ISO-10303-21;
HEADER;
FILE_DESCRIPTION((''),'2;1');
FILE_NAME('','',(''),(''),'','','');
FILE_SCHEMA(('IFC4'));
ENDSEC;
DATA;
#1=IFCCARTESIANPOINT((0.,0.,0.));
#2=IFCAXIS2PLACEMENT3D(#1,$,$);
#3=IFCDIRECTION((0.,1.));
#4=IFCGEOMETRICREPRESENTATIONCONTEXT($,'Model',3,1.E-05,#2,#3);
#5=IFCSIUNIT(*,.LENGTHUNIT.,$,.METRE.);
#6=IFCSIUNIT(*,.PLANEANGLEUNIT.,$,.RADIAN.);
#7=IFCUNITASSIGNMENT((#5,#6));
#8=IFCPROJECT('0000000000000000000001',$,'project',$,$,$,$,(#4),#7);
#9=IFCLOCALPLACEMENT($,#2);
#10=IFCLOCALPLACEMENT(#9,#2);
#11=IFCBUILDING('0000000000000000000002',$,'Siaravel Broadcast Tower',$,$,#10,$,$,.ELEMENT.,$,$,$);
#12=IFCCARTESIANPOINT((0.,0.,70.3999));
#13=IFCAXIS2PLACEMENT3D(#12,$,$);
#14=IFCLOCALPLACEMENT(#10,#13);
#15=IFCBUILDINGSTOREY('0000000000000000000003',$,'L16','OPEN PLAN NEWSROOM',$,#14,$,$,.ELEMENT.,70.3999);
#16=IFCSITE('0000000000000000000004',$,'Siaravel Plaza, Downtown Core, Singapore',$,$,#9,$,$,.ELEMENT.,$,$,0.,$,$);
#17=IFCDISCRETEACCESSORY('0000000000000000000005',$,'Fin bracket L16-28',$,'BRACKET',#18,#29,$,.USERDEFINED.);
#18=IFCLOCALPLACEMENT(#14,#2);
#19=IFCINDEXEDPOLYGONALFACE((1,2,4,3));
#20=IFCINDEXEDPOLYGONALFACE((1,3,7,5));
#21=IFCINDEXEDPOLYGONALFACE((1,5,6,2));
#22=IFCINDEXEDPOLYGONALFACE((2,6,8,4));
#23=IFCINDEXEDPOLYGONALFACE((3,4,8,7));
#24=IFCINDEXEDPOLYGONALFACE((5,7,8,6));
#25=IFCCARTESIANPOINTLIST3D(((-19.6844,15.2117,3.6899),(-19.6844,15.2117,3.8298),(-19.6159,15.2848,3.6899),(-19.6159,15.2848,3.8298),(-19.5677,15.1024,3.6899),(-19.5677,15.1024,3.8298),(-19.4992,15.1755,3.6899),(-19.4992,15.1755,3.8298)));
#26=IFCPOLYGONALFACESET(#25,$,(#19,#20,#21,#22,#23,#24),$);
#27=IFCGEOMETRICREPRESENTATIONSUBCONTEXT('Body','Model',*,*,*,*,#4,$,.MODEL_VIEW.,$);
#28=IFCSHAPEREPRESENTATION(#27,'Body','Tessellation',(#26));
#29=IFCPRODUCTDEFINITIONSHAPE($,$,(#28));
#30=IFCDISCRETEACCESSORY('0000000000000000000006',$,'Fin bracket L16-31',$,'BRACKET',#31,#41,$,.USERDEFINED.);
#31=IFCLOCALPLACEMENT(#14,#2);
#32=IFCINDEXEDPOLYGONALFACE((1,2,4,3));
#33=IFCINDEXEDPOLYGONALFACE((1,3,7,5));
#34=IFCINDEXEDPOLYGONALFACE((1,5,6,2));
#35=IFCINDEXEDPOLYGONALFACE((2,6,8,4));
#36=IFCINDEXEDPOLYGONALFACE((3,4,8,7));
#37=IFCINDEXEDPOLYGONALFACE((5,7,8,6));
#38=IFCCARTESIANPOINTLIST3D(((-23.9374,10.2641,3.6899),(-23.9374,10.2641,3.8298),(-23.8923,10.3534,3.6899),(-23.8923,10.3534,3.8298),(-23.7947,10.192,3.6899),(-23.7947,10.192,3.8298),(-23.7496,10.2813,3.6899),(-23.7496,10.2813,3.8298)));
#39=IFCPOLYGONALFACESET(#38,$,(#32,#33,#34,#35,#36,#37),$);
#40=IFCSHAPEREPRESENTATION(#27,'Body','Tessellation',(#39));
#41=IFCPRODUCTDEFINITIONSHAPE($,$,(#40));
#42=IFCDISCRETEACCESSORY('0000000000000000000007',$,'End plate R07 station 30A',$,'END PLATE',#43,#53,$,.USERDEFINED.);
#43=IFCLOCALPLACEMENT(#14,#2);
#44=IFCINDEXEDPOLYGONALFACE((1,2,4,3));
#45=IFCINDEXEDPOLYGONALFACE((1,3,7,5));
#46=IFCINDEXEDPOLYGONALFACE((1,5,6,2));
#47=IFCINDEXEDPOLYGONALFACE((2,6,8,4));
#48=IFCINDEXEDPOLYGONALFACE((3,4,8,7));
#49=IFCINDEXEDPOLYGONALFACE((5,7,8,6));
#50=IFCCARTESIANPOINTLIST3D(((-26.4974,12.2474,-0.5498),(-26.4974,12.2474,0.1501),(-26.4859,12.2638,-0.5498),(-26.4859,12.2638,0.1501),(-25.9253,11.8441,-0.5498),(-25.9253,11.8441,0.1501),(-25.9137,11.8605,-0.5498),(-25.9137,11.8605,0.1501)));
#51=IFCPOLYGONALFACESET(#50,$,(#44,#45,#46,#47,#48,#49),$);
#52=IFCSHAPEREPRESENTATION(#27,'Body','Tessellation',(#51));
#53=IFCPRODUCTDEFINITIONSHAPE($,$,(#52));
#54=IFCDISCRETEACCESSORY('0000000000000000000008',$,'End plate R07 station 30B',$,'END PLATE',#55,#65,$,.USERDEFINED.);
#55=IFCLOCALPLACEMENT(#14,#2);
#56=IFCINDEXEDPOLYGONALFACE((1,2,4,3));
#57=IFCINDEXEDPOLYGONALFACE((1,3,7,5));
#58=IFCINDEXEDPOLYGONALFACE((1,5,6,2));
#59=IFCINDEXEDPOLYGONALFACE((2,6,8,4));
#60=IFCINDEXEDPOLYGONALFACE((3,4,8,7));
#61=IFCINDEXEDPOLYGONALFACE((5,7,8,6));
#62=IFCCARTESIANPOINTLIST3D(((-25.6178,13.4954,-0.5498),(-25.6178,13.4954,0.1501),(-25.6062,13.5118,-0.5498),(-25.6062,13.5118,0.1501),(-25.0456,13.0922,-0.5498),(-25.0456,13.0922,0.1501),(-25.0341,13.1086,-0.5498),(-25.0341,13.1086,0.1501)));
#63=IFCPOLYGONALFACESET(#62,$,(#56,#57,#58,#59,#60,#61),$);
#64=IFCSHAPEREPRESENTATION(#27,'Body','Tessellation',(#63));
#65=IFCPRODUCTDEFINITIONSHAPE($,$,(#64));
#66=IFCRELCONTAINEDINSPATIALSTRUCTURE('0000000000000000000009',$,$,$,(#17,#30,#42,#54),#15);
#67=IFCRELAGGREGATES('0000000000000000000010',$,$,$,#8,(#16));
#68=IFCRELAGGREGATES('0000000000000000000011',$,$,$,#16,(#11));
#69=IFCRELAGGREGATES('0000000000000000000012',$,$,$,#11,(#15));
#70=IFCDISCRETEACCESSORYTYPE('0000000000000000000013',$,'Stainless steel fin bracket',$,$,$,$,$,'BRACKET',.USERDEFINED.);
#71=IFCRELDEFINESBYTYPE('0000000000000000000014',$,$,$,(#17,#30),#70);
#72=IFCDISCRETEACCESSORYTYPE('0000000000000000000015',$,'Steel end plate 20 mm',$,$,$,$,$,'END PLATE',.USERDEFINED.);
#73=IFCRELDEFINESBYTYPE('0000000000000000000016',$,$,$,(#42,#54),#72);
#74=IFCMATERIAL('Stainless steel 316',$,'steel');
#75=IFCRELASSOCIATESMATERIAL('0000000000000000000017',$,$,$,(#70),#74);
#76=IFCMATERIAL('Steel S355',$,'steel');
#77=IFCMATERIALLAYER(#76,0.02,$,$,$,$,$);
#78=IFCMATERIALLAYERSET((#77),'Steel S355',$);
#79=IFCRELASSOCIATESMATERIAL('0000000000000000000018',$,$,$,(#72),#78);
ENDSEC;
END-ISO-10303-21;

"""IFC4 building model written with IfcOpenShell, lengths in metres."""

from ifc_helpers import new_model, si_unit, direction, frame, origin, origin_2d, place, context, subcontext, project, spatial, rectangle, extrude, material, layer, layer_set, type_object, element, save


model = new_model("IFC4")

# Units and contexts
model_context = context("Model", 3, precision=1e-05, world=origin(), true_north=direction((0.0, 1.0)))
body_context = subcontext(model_context, "Body", "Model", "MODEL_VIEW")
ifc_project = project(units=[si_unit("LENGTHUNIT", "METRE"), si_unit("PLANEANGLEUNIT", "RADIAN")], contexts=[model_context])

# Site, building, storey
site_placement = place(None, origin())
site = spatial("IfcSite", under=ifc_project, at=site_placement, Name="Siaravel Plaza, Downtown Core, Singapore", CompositionType="ELEMENT", RefElevation=0.0)
building_placement = place(site_placement, origin())
building = spatial("IfcBuilding", under=site, at=building_placement, Name="Siaravel Broadcast Tower", CompositionType="ELEMENT")
storey_placement = place(building_placement, frame((0.0, 0.0, 70.3999)))
storey = spatial("IfcBuildingStorey", under=building, at=storey_placement, Name="L16", Description="OPEN PLAN NEWSROOM", CompositionType="ELEMENT", Elevation=70.3999)

# Shared definitions
ifc_material_1 = material(Name="Steel S355", Category="steel")

# Discrete accessories
ifc_material_2 = material(Name="Stainless steel 316", Category="steel")
discrete_accessory_type_1 = type_object("IfcDiscreteAccessoryType", Name="Stainless steel fin bracket", ElementType="BRACKET", PredefinedType="USERDEFINED", material=ifc_material_2)
for number, where, z_axis, x_axis, name in (
    (1, (-19.5918, 15.1936, 3.6899), (0.0, 0.0, 1.0), (-0.729806, 0.683655, 0.0), "Fin bracket L16-28"),
    (2, (-23.8435, 10.2727, 3.6899), (0.0, 0.0, 1.0), (-0.892392, 0.451261, 0.0), "Fin bracket L16-31"),
):
    element("IfcDiscreteAccessory", number, at=place(storey_placement, frame(where, z_axis=z_axis, x_axis=x_axis)), inside=storey, type_object=discrete_accessory_type_1, Name=name, ObjectType="BRACKET", PredefinedType="USERDEFINED", context=body_context, shape_type="SweptSolid", body=[
        extrude(rectangle(XDim=0.1599, YDim=0.1001, at=origin_2d()), origin(), (0.0, 0.0, 1.0), 0.1399),
    ])
ifc_layer_1 = layer(ifc_material_1, 0.02)
ifc_layer_set_1 = layer_set([ifc_layer_1], Name="Steel S355")
discrete_accessory_type_2 = type_object("IfcDiscreteAccessoryType", Name="Steel end plate 20 mm", ElementType="END PLATE", PredefinedType="USERDEFINED", material=ifc_layer_set_1)
for number, where, z_axis, x_axis, name in (
    (3, (-26.2056, 12.054, -0.5498), (0.0, 0.0, 1.0), (-0.57612, -0.817365, 0.0), "End plate R07 station 30A"),
    (4, (-25.3259, 13.302, -0.5498), (0.0, 0.0, 1.0), (-0.57612, -0.817365, 0.0), "End plate R07 station 30B"),
):
    element("IfcDiscreteAccessory", number, at=place(storey_placement, frame(where, z_axis=z_axis, x_axis=x_axis)), inside=storey, type_object=discrete_accessory_type_2, Name=name, ObjectType="END PLATE", PredefinedType="USERDEFINED", context=body_context, shape_type="SweptSolid", body=[
        extrude(rectangle(XDim=0.02, YDim=0.7, at=origin_2d()), origin(), (0.0, 0.0, 1.0), 0.7),
    ])

save(model, "model.ifc")
